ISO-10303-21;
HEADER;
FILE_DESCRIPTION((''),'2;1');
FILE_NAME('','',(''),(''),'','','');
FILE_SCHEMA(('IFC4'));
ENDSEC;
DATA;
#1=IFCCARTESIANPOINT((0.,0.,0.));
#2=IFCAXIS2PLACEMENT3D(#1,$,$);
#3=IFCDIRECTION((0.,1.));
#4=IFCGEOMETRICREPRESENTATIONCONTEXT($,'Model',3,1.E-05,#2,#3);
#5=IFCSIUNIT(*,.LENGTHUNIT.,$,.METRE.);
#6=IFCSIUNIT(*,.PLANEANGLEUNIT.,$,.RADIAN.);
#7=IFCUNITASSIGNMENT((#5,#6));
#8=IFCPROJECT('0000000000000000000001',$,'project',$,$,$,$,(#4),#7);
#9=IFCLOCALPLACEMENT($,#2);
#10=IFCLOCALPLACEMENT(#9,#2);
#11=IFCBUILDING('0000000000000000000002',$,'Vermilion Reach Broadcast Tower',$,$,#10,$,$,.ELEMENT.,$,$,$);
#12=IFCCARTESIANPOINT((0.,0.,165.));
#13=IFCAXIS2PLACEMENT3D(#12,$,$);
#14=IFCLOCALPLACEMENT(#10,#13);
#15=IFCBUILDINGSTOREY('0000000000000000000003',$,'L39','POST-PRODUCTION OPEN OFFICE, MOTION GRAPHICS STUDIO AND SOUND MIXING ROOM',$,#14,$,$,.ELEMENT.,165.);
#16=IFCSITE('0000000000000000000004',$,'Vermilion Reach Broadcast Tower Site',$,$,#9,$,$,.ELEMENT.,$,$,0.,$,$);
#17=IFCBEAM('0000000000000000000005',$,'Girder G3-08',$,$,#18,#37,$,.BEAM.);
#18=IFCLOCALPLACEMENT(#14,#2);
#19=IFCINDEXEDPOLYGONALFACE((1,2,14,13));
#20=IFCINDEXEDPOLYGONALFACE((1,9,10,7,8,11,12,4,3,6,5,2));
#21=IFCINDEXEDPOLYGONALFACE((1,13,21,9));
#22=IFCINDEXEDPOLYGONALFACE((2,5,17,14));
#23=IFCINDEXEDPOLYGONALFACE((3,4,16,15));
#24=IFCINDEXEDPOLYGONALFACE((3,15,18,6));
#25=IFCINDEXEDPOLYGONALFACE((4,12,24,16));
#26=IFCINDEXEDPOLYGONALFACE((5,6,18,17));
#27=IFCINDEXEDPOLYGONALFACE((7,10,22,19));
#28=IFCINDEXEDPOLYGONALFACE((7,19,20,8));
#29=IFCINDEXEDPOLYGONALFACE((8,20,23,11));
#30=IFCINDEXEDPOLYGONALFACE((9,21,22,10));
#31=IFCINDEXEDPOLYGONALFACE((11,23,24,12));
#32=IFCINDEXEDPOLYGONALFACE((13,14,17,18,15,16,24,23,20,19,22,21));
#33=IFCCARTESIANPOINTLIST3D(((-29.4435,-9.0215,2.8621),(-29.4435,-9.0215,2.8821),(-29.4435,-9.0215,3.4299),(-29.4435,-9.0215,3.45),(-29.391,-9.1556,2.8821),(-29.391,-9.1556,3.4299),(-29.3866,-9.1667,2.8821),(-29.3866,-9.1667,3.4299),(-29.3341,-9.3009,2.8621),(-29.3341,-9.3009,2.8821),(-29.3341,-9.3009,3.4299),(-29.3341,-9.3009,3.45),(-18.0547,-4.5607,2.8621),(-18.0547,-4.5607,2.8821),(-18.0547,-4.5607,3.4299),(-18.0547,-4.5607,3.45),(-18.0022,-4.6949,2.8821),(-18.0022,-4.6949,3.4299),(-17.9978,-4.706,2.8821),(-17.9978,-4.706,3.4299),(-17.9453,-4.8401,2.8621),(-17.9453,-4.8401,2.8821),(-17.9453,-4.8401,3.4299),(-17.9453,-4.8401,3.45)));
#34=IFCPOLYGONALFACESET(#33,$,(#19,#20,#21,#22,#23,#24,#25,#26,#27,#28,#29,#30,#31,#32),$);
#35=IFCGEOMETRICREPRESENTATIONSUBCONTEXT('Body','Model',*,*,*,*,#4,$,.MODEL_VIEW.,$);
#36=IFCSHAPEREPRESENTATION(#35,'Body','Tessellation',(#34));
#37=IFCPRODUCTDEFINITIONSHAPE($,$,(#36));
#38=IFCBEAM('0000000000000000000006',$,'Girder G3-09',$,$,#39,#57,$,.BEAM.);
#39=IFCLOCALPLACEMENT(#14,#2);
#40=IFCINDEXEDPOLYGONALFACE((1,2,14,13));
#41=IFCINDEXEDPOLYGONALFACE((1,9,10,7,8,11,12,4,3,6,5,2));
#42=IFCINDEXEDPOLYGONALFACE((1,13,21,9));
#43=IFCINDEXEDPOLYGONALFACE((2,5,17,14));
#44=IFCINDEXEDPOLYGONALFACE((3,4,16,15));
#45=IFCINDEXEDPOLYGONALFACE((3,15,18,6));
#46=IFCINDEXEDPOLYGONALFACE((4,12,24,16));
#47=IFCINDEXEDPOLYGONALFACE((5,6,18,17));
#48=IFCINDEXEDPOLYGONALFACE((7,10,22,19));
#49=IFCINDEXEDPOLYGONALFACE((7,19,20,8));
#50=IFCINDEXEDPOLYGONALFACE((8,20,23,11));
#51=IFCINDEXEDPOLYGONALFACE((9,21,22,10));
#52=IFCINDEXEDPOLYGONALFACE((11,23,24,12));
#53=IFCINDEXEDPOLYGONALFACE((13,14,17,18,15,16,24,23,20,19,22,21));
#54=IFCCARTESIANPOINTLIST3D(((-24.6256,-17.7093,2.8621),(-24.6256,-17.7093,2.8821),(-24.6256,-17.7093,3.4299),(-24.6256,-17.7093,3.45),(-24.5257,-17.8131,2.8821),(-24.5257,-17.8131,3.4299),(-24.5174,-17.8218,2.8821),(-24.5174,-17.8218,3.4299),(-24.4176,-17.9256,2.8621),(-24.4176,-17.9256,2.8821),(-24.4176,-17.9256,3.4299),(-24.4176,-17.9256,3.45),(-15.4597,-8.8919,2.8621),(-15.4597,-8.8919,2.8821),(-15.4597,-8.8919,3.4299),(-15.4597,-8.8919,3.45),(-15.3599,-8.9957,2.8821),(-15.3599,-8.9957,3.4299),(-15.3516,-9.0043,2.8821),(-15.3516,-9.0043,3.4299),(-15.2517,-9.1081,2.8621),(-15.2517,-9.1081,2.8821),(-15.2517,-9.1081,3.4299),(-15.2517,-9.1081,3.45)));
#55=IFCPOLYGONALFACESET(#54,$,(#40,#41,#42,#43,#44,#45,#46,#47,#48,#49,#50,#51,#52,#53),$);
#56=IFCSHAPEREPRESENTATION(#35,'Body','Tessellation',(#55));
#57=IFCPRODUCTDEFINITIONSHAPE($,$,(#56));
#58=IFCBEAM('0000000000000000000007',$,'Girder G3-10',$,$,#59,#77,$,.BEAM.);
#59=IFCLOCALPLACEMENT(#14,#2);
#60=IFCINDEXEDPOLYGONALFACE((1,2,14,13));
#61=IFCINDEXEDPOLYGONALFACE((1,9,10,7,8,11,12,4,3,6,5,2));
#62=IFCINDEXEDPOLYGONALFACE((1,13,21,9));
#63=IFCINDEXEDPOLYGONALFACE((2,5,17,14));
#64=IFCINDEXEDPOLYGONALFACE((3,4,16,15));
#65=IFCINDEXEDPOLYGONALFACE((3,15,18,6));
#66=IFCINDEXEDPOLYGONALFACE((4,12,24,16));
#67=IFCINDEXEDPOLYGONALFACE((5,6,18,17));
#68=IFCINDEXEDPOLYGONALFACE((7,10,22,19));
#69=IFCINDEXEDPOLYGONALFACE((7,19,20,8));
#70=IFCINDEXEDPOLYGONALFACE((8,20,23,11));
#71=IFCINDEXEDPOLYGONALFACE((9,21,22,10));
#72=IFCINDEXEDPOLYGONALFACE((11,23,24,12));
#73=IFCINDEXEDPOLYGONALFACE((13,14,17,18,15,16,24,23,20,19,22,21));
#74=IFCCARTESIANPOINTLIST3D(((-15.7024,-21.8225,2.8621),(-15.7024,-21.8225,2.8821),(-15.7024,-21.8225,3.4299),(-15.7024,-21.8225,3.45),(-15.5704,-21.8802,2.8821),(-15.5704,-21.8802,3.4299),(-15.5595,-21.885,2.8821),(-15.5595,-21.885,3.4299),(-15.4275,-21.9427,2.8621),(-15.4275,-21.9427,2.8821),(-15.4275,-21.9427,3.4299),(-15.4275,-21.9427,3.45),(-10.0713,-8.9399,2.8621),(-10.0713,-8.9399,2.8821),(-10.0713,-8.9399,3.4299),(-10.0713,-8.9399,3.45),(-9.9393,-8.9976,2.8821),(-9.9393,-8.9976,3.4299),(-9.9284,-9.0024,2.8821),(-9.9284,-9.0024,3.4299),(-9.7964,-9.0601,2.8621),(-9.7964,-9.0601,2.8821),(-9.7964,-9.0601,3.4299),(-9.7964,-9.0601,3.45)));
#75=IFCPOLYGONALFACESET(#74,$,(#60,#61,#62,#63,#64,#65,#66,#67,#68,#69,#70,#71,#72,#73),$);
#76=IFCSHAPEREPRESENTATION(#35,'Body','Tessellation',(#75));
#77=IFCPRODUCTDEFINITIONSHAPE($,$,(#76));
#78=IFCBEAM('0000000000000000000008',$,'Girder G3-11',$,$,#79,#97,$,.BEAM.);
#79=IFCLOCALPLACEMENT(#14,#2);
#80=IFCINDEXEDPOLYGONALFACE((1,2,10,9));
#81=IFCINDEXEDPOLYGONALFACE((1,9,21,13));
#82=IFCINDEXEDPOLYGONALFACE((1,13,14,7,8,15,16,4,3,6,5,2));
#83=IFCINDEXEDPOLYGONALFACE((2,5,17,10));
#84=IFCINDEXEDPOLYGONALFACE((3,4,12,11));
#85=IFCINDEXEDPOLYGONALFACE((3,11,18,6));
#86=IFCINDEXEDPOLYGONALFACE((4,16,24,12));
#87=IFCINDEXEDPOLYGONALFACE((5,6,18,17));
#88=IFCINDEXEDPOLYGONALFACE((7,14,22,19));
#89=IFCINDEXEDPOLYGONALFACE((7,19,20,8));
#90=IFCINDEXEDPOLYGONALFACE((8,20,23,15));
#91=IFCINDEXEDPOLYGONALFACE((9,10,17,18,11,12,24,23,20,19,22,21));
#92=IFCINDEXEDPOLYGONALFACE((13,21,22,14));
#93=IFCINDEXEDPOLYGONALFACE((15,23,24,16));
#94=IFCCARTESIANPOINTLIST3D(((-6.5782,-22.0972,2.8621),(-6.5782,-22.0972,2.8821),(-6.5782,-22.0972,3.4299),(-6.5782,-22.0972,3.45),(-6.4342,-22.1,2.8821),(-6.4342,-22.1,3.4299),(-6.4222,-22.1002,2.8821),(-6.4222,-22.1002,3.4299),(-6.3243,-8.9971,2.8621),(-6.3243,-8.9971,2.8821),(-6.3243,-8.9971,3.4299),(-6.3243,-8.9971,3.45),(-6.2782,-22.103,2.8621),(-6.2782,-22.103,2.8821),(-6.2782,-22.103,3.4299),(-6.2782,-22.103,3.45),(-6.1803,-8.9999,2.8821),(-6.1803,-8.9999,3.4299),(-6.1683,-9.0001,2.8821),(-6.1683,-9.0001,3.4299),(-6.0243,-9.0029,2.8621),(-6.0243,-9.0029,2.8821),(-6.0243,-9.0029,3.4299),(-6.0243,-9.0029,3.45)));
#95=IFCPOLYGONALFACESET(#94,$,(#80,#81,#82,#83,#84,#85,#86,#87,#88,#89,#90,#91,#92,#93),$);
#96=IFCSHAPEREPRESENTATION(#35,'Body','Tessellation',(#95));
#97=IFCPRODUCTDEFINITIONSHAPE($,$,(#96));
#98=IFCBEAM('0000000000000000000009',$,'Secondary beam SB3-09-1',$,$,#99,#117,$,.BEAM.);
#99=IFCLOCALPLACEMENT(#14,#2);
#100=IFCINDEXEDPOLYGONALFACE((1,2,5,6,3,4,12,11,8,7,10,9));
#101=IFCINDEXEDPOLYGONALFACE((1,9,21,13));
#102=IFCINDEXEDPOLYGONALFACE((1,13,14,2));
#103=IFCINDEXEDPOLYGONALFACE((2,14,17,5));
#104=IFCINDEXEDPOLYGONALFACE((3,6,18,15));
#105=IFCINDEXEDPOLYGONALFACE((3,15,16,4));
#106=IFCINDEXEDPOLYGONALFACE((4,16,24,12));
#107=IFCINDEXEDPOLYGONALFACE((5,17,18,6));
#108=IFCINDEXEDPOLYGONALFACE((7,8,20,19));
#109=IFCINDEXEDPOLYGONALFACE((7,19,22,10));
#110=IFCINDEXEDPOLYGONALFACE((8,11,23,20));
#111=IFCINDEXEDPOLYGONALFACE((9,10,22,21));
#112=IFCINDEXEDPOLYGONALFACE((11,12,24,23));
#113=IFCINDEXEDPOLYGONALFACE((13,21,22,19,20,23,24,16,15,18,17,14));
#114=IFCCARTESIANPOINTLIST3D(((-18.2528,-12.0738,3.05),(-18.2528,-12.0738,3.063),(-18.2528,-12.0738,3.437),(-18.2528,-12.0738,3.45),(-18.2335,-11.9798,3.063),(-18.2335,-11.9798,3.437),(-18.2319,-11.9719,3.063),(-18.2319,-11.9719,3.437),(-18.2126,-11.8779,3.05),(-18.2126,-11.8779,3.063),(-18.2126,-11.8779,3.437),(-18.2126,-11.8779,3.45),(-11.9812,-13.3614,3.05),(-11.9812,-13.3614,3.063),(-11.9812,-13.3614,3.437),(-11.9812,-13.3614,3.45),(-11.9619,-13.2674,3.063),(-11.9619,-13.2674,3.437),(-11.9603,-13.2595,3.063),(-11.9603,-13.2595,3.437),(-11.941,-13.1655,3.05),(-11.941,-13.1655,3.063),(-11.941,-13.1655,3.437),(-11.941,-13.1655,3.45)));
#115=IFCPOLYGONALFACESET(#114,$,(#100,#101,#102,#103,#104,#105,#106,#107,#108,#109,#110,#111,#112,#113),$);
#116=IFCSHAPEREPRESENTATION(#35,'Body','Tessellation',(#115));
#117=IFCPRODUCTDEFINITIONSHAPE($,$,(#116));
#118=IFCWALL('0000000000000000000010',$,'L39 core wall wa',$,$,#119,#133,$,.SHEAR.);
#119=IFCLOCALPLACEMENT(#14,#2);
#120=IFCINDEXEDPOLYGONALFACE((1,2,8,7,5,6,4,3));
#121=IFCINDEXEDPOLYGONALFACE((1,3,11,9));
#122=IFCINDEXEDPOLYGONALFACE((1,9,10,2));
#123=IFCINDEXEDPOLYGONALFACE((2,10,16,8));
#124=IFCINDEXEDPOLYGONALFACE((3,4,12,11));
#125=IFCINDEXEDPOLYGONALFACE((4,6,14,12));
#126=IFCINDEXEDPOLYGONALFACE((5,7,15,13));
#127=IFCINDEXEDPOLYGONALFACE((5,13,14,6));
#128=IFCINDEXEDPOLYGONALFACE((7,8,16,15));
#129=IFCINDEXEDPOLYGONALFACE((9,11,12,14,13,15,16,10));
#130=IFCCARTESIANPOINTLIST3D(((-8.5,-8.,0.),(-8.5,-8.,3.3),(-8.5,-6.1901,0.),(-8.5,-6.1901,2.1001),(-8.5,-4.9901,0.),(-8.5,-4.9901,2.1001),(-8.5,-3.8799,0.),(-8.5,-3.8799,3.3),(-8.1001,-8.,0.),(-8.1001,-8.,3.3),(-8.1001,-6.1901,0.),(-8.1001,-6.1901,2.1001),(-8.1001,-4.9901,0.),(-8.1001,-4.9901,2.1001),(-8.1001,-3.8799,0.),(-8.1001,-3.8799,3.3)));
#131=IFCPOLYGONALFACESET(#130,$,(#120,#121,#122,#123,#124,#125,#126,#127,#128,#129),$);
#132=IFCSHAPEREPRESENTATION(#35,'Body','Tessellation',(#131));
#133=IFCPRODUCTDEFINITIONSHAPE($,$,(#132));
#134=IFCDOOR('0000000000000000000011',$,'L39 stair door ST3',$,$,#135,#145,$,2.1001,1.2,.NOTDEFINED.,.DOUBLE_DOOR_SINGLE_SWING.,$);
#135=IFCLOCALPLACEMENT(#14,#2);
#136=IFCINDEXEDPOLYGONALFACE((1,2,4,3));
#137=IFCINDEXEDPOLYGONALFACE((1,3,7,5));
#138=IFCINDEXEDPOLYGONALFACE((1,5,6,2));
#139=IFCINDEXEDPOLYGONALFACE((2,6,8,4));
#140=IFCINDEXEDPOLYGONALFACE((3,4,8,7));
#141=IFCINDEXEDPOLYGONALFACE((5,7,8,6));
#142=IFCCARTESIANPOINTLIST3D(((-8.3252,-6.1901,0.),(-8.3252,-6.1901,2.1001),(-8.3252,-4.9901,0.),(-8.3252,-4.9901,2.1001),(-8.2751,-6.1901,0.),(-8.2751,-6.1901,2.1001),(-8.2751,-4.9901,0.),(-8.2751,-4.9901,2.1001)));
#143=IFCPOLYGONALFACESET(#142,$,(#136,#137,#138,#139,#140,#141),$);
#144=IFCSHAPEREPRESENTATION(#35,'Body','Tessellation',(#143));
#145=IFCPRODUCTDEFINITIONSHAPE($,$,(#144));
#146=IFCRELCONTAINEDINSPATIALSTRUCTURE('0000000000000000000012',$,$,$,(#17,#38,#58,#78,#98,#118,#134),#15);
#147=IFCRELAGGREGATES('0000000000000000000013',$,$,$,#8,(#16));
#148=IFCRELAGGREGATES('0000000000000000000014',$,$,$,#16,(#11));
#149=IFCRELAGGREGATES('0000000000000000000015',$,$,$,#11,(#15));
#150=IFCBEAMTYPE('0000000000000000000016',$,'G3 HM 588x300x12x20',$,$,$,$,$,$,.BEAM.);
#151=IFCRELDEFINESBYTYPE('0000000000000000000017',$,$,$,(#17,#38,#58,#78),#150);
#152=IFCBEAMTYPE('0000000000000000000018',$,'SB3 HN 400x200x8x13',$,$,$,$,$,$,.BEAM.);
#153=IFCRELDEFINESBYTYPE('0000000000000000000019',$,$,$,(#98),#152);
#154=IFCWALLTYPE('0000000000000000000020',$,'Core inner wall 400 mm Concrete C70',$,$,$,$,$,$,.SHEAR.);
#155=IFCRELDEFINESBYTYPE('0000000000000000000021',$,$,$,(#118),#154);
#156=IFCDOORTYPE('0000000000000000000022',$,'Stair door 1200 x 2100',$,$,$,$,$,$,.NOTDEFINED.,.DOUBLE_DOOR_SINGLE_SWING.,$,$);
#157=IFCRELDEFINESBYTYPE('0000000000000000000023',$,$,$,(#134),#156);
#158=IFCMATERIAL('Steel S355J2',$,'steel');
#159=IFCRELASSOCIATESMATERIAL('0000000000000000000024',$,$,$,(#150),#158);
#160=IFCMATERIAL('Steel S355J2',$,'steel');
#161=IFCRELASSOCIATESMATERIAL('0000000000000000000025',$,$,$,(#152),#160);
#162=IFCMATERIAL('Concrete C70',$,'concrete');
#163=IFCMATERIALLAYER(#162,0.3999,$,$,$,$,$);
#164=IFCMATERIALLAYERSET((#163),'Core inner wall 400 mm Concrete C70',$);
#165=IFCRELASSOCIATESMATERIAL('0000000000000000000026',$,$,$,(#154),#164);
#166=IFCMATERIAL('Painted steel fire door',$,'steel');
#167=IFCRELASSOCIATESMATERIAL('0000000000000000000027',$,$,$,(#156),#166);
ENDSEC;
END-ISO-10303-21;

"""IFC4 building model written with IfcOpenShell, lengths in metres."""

from ifc_helpers import new_model, si_unit, direction, frame, frame_2d, origin, origin_2d, place, context, subcontext, project, spatial, rectangle, i_section, extrude, material, layer, layer_set, material_profile, profile_set, type_object, element, fill, save


model = new_model("IFC4")

# Units and contexts
model_context = context("Model", 3, precision=1e-05, world=origin(), true_north=direction((0.0, 1.0)))
body_context = subcontext(model_context, "Body", "Model", "MODEL_VIEW")
ifc_project = project(units=[si_unit("LENGTHUNIT", "METRE"), si_unit("PLANEANGLEUNIT", "RADIAN")], contexts=[model_context])

# Site, building, storey
site_placement = place(None, origin())
site = spatial("IfcSite", under=ifc_project, at=site_placement, Name="Vermilion Reach Broadcast Tower Site", CompositionType="ELEMENT", RefElevation=0.0)
building_placement = place(site_placement, origin())
building = spatial("IfcBuilding", under=site, at=building_placement, Name="Vermilion Reach Broadcast Tower", CompositionType="ELEMENT")
storey_placement = place(building_placement, frame((0.0, 0.0, 165.0)))
storey = spatial("IfcBuildingStorey", under=building, at=storey_placement, Name="L39", Description="POST-PRODUCTION OPEN OFFICE, MOTION GRAPHICS STUDIO AND SOUND MIXING ROOM", CompositionType="ELEMENT", Elevation=165.0)

# Beams
ifc_material_1 = material(Name="Steel S355J2", Category="steel")
ifc_material_profile_1 = material_profile(ifc_material_1, i_section(OverallWidth=0.3, OverallDepth=0.5879, WebThickness=0.012, FlangeThickness=0.02, at=origin_2d()), Name="S355J2 HM 588x300x12x20")
ifc_profile_set_1 = profile_set([ifc_material_profile_1], Name="Steel S355J2")
beam_type_1 = type_object("IfcBeamType", Name="G3 HM 588x300x12x20", PredefinedType="BEAM", material=ifc_profile_set_1)
beam_1_placement = place(storey_placement, frame((-18.0, -4.7004, 3.156), z_axis=(-0.931125, -0.364701, 0.0), x_axis=(0.364701, -0.931125, 0.0)))
element("IfcBeam", 1, at=beam_1_placement, inside=storey, type_object=beam_type_1, Name="Girder G3-08", PredefinedType="BEAM", context=body_context, shape_type="SweptSolid", body=[
    extrude(i_section(OverallWidth=0.3, OverallDepth=0.5879, WebThickness=0.012, FlangeThickness=0.02, at=origin_2d()), origin(), (0.0, 0.0, 1.0), 12.2312),
])
beam_2_placement = place(storey_placement, frame((-15.3557, -9.0, 3.156), z_axis=(-0.72067, -0.693278, 0.0), x_axis=(0.693278, -0.72067, 0.0)))
element("IfcBeam", 2, at=beam_2_placement, inside=storey, type_object=beam_type_1, Name="Girder G3-09", PredefinedType="BEAM", context=body_context, shape_type="SweptSolid", body=[
    extrude(i_section(OverallWidth=0.3, OverallDepth=0.5879, WebThickness=0.012, FlangeThickness=0.02, at=origin_2d()), origin(), (0.0, 0.0, 1.0), 12.7185),
])
beam_3_placement = place(storey_placement, frame((-9.9338, -9.0, 3.156), z_axis=(-0.400519, -0.916288, 0.0), x_axis=(0.916288, -0.400519, 0.0)))
element("IfcBeam", 3, at=beam_3_placement, inside=storey, type_object=beam_type_1, Name="Girder G3-10", PredefinedType="BEAM", context=body_context, shape_type="SweptSolid", body=[
    extrude(i_section(OverallWidth=0.3, OverallDepth=0.5879, WebThickness=0.012, FlangeThickness=0.02, at=origin_2d()), origin(), (0.0, 0.0, 1.0), 14.0596),
])
beam_4_placement = place(storey_placement, frame((-6.1743, -9.0, 3.156), z_axis=(-0.019378, -0.999812, 0.0), x_axis=(0.999812, -0.019378, 0.0)))
element("IfcBeam", 4, at=beam_4_placement, inside=storey, type_object=beam_type_1, Name="Girder G3-11", PredefinedType="BEAM", context=body_context, shape_type="SweptSolid", body=[
    extrude(i_section(OverallWidth=0.3, OverallDepth=0.5879, WebThickness=0.012, FlangeThickness=0.02, at=origin_2d()), origin(), (0.0, 0.0, 1.0), 13.1025),
])
ifc_material_2 = material(Name="Steel S355J2", Category="steel")
ifc_material_profile_2 = material_profile(ifc_material_2, i_section(OverallWidth=0.2, OverallDepth=0.3999, WebThickness=0.0081, FlangeThickness=0.0129, at=origin_2d()), Name="S355J2 HN 400x200x8x13")
ifc_profile_set_2 = profile_set([ifc_material_profile_2], Name="Steel S355J2")
beam_type_2 = type_object("IfcBeamType", Name="SB3 HN 400x200x8x13", PredefinedType="BEAM", material=ifc_profile_set_2)
beam_5_placement = place(storey_placement, frame((-18.2327, -11.9758, 3.25), z_axis=(0.979568, -0.201115, 0.0), x_axis=(0.201115, 0.979568, 0.0)))
element("IfcBeam", 5, at=beam_5_placement, inside=storey, type_object=beam_type_2, Name="Secondary beam SB3-09-1", PredefinedType="BEAM", context=body_context, shape_type="SweptSolid", body=[
    extrude(i_section(OverallWidth=0.2, OverallDepth=0.3999, WebThickness=0.0081, FlangeThickness=0.0129, at=origin_2d()), origin(), (0.0, 0.0, 1.0), 6.4023),
])

# Wall, opening, door
ifc_material_3 = material(Name="Concrete C70", Category="concrete")
ifc_layer_1 = layer(ifc_material_3, 0.3999)
ifc_layer_set_1 = layer_set([ifc_layer_1], Name="Core inner wall 400 mm Concrete C70")
wall_type_1 = type_object("IfcWallType", Name="Core inner wall 400 mm Concrete C70", PredefinedType="SHEAR", material=ifc_layer_set_1)
wall_1_placement = place(storey_placement, frame((-8.3, -3.8799, 0.0), z_axis=(0.0, 0.0, 1.0), x_axis=(0.0, -1.0, 0.0)))
wall_1 = element("IfcWall", 6, at=wall_1_placement, inside=storey, type_object=wall_type_1, Name="L39 core wall wa", PredefinedType="SHEAR", context=body_context, shape_type="SweptSolid", body=[
    extrude(rectangle(XDim=4.1201, YDim=0.3999, at=frame_2d((2.0601, 0.0))), origin(), (0.0, 0.0, 1.0), 3.3),
])
opening_1_placement = place(wall_1_placement, frame((1.1101, 0.0, 0.0)))
opening_1 = element("IfcOpeningElement", 7, at=opening_1_placement, cuts=wall_1, PredefinedType="OPENING", context=body_context, shape_type="SweptSolid", body=[
    extrude(rectangle(XDim=1.2, YDim=2.1001, at=frame_2d((0.6001, 1.05))), frame((0.0, 0.21, 0.0), z_axis=(0.0, -1.0, 0.0), x_axis=(1.0, 0.0, 0.0)), (0.0, 0.0, 1.0), 0.4199),
])
ifc_material_4 = material(Name="Painted steel fire door", Category="steel")
door_type_1 = type_object("IfcDoorType", Name="Stair door 1200 x 2100", OperationType="DOUBLE_DOOR_SINGLE_SWING", PredefinedType="NOTDEFINED", material=ifc_material_4)
door_1_placement = place(opening_1_placement, origin())
door_1 = element("IfcDoor", 8, at=door_1_placement, inside=storey, type_object=door_type_1, Name="L39 stair door ST3", OperationType="DOUBLE_DOOR_SINGLE_SWING", OverallHeight=2.1001, OverallWidth=1.2, PredefinedType="NOTDEFINED", context=body_context, shape_type="SweptSolid", body=[
    extrude(rectangle(XDim=1.2, YDim=2.1001, at=frame_2d((0.6001, 1.05))), frame((0.0, 0.0249, 0.0), z_axis=(0.0, -1.0, 0.0), x_axis=(1.0, 0.0, 0.0)), (0.0, 0.0, 1.0), 0.05),
])
fill(opening_1, door_1)

save(model, "model.ifc")
